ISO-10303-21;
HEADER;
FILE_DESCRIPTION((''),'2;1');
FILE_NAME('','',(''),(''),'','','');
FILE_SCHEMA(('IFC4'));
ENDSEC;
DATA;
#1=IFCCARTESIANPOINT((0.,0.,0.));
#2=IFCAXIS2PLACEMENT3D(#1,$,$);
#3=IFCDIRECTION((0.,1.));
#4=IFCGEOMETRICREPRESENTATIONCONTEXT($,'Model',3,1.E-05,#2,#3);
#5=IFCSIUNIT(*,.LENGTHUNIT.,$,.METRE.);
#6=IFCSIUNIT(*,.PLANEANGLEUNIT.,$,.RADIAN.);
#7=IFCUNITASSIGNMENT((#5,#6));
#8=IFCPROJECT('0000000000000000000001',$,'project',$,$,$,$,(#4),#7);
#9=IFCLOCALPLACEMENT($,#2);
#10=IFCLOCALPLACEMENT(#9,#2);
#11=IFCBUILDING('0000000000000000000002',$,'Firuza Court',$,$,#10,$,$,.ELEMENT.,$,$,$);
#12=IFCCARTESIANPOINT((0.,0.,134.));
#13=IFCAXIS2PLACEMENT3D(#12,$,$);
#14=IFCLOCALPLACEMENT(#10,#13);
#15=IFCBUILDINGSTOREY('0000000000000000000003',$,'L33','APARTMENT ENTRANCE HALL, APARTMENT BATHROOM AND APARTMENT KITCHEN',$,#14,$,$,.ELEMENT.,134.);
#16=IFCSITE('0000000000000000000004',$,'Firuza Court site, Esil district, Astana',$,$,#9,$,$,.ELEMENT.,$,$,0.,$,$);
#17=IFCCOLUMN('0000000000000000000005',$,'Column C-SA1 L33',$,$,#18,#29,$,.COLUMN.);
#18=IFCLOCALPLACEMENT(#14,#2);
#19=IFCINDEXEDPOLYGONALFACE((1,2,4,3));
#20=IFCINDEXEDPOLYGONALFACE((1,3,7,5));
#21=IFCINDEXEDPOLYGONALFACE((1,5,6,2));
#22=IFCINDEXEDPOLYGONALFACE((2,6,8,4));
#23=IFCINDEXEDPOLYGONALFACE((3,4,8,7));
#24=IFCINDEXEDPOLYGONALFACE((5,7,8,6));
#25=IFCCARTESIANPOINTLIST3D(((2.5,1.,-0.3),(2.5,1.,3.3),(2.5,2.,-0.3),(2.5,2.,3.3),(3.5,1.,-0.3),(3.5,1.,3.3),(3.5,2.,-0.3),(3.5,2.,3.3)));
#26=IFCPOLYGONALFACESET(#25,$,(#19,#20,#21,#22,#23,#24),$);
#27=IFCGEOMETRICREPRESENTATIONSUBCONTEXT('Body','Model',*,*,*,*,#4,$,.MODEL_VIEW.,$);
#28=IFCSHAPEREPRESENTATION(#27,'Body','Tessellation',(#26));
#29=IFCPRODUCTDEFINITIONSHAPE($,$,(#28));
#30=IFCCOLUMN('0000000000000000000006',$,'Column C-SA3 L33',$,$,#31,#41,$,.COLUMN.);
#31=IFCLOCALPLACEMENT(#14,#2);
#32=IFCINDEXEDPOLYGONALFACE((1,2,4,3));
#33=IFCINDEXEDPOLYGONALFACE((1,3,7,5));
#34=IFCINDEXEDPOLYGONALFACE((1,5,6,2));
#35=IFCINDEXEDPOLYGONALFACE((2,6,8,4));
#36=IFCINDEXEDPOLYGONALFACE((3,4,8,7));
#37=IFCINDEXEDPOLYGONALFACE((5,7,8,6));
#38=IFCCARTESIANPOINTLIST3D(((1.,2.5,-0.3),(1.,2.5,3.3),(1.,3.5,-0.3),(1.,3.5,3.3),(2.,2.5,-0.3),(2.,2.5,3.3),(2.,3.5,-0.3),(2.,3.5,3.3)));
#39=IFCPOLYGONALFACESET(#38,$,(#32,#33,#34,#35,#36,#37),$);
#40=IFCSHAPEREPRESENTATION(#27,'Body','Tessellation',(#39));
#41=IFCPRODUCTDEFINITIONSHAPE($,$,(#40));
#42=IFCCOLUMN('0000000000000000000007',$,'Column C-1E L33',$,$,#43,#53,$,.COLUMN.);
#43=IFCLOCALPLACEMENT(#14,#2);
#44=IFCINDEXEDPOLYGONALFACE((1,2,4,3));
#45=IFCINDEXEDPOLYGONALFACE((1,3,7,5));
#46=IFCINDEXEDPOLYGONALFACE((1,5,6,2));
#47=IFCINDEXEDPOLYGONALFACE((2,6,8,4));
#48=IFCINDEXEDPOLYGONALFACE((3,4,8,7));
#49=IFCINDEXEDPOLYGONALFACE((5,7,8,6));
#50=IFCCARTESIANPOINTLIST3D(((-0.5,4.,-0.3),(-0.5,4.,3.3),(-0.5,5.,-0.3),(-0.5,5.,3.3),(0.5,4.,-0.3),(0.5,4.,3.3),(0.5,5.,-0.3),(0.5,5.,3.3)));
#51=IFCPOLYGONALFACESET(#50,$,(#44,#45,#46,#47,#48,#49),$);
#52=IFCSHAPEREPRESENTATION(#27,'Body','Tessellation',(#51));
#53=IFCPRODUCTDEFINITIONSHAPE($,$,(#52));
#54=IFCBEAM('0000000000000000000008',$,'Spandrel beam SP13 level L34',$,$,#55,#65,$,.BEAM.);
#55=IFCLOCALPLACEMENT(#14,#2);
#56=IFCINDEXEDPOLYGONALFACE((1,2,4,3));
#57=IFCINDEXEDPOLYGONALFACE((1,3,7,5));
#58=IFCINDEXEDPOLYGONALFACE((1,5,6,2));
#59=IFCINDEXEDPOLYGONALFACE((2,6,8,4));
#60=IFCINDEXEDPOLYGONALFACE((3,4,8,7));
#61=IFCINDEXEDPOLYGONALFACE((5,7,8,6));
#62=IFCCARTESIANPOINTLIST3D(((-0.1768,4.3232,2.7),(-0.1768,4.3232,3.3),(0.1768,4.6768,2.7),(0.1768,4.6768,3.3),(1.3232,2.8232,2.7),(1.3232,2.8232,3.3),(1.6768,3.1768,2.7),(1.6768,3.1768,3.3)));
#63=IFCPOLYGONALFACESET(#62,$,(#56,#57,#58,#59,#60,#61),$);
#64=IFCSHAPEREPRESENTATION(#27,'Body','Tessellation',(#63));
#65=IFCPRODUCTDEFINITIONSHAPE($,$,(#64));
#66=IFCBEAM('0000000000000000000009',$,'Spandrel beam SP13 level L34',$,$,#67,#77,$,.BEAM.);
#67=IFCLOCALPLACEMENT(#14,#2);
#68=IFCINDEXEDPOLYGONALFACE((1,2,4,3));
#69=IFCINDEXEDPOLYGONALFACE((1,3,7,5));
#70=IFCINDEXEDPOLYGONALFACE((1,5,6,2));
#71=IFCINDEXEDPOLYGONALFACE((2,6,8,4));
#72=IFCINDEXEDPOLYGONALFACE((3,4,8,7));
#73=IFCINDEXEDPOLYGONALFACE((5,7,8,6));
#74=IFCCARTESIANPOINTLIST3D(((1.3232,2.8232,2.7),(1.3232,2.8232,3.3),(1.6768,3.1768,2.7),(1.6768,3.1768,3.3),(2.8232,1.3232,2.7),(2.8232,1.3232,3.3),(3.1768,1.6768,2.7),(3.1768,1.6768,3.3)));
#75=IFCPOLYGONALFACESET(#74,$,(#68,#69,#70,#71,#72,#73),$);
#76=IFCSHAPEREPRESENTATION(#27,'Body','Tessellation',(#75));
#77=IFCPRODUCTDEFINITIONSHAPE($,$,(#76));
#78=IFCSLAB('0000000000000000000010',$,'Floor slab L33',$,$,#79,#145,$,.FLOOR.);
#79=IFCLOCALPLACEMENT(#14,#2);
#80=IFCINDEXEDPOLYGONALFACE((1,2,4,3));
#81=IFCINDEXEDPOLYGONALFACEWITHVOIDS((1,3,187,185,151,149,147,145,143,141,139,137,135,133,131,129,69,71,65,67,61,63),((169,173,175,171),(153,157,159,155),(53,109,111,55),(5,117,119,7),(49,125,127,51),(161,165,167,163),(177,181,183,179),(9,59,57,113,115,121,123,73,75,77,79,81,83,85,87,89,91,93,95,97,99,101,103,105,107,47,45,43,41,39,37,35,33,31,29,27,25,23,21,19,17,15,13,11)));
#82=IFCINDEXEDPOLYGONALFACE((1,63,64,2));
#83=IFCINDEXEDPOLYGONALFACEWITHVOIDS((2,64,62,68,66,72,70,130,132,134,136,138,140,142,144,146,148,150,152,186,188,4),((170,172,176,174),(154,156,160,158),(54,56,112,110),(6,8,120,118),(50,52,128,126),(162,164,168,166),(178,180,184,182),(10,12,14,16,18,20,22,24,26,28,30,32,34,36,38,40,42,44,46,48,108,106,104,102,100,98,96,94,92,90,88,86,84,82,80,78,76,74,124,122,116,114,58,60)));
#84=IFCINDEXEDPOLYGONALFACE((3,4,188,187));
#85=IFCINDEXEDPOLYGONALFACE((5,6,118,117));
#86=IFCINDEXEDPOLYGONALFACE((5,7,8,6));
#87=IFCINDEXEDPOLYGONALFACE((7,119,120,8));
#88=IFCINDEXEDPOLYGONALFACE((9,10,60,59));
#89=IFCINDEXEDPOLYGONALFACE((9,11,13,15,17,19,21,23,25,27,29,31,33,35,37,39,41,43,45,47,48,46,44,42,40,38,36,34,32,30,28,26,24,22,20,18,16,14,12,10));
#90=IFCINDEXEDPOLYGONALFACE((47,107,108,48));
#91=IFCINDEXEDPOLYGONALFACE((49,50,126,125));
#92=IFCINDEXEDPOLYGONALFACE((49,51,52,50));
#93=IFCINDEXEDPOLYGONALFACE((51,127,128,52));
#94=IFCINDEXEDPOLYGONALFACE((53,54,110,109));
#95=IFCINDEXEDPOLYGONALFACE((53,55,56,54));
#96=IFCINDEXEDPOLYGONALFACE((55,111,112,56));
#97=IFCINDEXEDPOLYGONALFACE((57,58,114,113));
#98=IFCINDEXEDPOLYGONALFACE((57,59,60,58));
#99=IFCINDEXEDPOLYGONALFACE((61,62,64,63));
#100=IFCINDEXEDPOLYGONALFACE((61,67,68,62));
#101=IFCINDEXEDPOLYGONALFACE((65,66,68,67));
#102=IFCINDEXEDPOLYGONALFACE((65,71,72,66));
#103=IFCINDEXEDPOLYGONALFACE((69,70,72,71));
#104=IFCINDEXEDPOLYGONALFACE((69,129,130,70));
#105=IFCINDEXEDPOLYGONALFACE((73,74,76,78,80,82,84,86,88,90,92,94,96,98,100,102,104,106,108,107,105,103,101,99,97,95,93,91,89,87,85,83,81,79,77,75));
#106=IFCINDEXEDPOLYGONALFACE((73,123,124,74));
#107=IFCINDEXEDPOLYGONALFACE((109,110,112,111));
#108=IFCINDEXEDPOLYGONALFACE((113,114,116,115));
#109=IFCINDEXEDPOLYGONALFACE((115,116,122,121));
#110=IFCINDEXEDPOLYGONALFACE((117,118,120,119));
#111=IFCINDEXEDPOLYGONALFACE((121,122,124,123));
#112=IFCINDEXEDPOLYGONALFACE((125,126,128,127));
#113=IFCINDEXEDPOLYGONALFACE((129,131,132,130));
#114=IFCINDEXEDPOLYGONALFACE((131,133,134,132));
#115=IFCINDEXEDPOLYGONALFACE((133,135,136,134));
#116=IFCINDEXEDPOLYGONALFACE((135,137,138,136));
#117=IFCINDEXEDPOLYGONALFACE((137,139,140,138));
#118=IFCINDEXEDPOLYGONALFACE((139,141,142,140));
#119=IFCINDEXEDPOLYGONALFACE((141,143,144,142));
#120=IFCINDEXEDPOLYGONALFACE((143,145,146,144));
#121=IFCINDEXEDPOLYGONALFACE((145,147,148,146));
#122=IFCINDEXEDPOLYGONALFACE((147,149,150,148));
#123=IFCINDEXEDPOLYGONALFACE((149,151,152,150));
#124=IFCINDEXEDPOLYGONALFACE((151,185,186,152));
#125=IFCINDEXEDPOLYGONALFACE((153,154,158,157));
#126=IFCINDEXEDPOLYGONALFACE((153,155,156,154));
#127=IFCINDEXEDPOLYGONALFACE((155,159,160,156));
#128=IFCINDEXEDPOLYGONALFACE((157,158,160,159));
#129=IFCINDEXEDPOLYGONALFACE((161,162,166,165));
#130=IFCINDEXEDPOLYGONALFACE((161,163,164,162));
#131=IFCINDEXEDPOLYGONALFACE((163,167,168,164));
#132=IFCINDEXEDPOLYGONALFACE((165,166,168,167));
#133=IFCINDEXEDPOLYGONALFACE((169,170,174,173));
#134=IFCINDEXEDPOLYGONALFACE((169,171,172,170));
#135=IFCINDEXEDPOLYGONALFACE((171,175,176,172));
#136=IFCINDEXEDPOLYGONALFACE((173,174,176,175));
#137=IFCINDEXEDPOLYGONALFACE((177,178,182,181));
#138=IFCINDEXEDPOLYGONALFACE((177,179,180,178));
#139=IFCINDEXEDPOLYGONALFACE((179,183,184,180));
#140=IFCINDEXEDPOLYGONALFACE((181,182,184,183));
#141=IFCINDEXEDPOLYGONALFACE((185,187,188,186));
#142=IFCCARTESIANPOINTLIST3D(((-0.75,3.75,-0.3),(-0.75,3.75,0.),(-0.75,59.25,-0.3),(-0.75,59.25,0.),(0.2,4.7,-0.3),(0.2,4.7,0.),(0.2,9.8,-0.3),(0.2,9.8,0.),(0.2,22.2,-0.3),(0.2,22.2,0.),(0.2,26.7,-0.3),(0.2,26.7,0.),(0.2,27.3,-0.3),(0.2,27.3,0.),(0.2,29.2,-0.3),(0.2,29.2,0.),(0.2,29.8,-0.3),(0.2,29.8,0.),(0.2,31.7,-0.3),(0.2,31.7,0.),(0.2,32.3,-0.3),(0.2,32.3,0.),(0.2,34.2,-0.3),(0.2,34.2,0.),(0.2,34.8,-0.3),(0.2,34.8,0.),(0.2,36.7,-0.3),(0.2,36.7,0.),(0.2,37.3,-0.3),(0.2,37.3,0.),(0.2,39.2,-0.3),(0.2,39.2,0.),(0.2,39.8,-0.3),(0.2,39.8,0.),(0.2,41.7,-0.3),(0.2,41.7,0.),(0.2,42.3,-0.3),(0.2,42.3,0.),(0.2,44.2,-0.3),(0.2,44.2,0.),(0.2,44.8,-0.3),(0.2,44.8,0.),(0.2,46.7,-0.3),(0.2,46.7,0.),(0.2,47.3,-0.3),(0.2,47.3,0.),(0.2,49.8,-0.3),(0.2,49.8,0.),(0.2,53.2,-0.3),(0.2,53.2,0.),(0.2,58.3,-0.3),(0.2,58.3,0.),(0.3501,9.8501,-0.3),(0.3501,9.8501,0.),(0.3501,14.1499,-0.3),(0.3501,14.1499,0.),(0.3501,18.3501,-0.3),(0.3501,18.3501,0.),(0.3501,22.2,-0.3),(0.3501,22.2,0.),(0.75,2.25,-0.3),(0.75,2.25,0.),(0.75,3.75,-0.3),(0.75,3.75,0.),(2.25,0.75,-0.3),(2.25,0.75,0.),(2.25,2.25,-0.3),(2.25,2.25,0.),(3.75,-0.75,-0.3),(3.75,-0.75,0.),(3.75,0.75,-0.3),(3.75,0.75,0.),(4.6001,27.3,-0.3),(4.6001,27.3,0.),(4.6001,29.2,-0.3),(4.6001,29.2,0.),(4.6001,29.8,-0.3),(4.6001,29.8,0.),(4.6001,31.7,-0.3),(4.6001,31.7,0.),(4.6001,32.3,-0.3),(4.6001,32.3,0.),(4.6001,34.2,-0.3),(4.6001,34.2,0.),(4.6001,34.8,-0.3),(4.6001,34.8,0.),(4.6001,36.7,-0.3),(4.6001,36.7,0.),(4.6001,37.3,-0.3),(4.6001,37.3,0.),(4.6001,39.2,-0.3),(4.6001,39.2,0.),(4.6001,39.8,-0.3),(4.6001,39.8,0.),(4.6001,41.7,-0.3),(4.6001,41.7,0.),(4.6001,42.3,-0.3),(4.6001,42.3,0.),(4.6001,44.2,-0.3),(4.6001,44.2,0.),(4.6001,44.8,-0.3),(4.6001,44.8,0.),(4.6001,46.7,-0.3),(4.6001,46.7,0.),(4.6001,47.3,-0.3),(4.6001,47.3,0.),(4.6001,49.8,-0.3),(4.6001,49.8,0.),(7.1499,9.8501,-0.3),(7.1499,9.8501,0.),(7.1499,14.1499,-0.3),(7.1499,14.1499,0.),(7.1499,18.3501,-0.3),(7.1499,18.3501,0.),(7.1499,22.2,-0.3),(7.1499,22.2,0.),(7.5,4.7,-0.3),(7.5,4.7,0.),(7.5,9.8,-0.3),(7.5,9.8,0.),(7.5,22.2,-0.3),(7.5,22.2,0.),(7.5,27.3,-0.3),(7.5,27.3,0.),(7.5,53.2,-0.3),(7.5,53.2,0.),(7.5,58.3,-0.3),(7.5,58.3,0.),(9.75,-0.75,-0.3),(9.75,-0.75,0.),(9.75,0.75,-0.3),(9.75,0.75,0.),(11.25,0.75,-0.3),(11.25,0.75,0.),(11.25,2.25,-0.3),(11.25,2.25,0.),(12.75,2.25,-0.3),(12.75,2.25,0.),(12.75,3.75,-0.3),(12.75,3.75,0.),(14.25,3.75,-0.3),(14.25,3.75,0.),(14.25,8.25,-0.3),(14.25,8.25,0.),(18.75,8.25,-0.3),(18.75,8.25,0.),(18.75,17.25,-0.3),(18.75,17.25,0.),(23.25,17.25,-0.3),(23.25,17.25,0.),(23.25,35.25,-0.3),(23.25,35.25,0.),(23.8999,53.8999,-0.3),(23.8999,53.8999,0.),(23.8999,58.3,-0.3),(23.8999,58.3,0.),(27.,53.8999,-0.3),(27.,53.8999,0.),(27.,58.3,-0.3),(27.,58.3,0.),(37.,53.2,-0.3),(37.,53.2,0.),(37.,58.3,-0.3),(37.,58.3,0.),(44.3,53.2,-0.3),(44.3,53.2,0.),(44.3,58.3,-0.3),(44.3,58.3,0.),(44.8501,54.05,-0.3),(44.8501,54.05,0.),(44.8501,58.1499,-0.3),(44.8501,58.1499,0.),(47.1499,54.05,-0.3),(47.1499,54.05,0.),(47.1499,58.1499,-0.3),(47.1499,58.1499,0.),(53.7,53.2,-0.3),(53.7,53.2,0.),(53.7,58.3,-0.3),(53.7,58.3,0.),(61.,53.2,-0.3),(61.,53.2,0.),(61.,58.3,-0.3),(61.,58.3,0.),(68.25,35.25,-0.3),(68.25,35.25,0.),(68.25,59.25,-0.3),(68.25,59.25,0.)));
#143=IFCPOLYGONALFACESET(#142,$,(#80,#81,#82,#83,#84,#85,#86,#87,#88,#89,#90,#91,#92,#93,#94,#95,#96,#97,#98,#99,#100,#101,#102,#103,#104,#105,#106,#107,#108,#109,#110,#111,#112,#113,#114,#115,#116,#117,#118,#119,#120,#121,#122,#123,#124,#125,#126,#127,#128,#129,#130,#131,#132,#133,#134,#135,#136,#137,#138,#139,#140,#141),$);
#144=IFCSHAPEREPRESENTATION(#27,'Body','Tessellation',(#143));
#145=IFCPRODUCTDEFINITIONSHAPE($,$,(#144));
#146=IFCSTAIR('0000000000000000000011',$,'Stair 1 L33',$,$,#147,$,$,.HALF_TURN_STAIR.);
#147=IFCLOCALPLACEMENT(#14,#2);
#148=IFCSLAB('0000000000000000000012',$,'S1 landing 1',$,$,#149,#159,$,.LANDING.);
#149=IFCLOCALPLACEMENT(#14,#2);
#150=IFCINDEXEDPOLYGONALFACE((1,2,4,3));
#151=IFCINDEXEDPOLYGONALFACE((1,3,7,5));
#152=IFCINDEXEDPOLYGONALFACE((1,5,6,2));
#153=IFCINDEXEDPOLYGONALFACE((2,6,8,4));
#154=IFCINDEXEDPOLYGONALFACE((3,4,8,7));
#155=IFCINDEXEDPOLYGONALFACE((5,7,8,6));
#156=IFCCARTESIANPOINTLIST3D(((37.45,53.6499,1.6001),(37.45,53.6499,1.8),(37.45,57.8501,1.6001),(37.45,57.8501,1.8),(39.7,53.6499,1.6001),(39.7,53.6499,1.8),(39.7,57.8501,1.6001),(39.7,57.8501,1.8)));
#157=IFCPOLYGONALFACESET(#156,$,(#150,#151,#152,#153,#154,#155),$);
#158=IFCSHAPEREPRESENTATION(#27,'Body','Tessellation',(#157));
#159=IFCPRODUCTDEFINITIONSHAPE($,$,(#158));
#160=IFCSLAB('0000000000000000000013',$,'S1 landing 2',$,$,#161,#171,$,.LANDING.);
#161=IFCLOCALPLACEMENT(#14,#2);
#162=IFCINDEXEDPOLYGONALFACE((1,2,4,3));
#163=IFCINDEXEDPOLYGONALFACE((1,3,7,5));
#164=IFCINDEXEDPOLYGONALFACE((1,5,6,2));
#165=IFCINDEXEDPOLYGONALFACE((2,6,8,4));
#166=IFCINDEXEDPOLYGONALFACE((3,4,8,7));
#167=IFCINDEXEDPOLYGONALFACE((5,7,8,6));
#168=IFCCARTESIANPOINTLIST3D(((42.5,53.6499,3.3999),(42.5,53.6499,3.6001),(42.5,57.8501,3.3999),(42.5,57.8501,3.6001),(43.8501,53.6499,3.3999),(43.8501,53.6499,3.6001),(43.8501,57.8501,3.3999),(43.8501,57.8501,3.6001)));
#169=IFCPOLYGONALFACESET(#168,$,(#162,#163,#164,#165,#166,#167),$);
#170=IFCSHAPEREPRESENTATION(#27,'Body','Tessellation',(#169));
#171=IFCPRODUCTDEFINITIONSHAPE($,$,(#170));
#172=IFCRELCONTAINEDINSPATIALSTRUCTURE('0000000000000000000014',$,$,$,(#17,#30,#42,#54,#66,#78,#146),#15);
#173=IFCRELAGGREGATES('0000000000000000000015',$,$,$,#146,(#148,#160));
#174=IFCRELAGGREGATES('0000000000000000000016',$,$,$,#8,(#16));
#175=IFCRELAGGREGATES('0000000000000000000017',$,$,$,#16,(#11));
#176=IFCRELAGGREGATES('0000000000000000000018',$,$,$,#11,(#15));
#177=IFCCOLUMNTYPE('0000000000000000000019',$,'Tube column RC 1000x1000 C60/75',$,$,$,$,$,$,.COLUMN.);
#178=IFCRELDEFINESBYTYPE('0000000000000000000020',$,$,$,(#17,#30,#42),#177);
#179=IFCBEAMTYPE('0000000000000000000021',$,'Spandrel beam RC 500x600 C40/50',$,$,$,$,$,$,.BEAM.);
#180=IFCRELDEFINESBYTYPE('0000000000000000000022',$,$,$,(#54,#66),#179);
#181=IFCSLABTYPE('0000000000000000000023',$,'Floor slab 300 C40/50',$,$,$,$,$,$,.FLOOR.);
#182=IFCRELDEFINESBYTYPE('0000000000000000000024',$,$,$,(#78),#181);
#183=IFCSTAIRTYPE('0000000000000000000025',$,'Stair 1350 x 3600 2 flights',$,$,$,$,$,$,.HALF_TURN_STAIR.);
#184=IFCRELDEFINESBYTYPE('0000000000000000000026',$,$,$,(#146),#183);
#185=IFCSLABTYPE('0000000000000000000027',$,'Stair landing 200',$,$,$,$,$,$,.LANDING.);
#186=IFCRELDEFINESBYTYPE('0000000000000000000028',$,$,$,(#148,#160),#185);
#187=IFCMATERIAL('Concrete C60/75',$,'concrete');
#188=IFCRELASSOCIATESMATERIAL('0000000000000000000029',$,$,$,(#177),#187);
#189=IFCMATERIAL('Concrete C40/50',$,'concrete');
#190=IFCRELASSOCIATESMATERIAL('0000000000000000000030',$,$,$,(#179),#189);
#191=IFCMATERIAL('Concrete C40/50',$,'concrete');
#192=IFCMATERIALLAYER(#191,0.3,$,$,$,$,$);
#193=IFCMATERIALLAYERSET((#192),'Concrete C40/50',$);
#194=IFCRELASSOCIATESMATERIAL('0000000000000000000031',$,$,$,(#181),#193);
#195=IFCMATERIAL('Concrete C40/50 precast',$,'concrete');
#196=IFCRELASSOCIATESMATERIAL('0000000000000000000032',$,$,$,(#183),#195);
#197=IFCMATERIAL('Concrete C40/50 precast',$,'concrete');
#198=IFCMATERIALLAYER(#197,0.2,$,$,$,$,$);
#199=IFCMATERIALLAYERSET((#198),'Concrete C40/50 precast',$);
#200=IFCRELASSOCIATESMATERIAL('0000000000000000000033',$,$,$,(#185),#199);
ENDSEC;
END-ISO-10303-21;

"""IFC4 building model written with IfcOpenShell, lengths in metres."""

from ifc_helpers import new_model, si_unit, direction, frame, origin, origin_2d, place, context, subcontext, project, spatial, polyline, rectangle, outline, extrude, material, layer, layer_set, material_profile, profile_set, type_object, element, aggregate, save


model = new_model("IFC4")

# Units and contexts
model_context = context("Model", 3, precision=1e-05, world=origin(), true_north=direction((0.0, 1.0)))
body_context = subcontext(model_context, "Body", "Model", "MODEL_VIEW")
ifc_project = project(units=[si_unit("LENGTHUNIT", "METRE"), si_unit("PLANEANGLEUNIT", "RADIAN")], contexts=[model_context])

# Site, building, storey
site_placement = place(None, origin())
site = spatial("IfcSite", under=ifc_project, at=site_placement, Name="Firuza Court site, Esil district, Astana", CompositionType="ELEMENT", RefElevation=0.0)
building_placement = place(site_placement, origin())
building = spatial("IfcBuilding", under=site, at=building_placement, Name="Firuza Court", CompositionType="ELEMENT")
storey_placement = place(building_placement, frame((0.0, 0.0, 134.0)))
storey = spatial("IfcBuildingStorey", under=building, at=storey_placement, Name="L33", Description="APARTMENT ENTRANCE HALL, APARTMENT BATHROOM AND APARTMENT KITCHEN", CompositionType="ELEMENT", Elevation=134.0)

# Columns
ifc_material_1 = material(Name="Concrete C60/75", Category="concrete")
ifc_material_profile_1 = material_profile(ifc_material_1, rectangle(XDim=1.0, YDim=1.0, at=origin_2d()), Name="RC 1000x1000")
ifc_profile_set_1 = profile_set([ifc_material_profile_1], Name="Concrete C60/75")
column_type = type_object("IfcColumnType", Name="Tube column RC 1000x1000 C60/75", PredefinedType="COLUMN", material=ifc_profile_set_1)
for number, where, z_axis, x_axis, name in (
    (1, (3.0, 1.5, -0.3), (0.0, 0.0, 1.0), (1.0, 0.0, 0.0), "Column C-SA1 L33"),
    (2, (1.5, 3.0, -0.3), (0.0, 0.0, 1.0), (1.0, 0.0, 0.0), "Column C-SA3 L33"),
    (3, (0.0, 4.5, -0.3), (0.0, 0.0, 1.0), (1.0, 0.0, 0.0), "Column C-1E L33"),
):
    element("IfcColumn", number, at=place(storey_placement, frame(where, z_axis=z_axis, x_axis=x_axis)), inside=storey, type_object=column_type, Name=name, PredefinedType="COLUMN", context=body_context, shape_type="SweptSolid", body=[
        extrude(rectangle(XDim=1.0, YDim=1.0, at=origin_2d()), origin(), (0.0, 0.0, 1.0), 3.6001),
    ])

# Beams
ifc_material_2 = material(Name="Concrete C40/50", Category="concrete")
ifc_material_profile_2 = material_profile(ifc_material_2, rectangle(XDim=0.5, YDim=0.6001, at=origin_2d()), Name="RC 500x600")
ifc_profile_set_2 = profile_set([ifc_material_profile_2], Name="Concrete C40/50")
beam_type = type_object("IfcBeamType", Name="Spandrel beam RC 500x600 C40/50", PredefinedType="BEAM", material=ifc_profile_set_2)
for number, where, z_axis, x_axis, name in (
    (4, (0.0, 4.5, 3.0), (0.707107, -0.707107, 0.0), (0.707107, 0.707107, 0.0), "Spandrel beam SP13 level L34"),
    (5, (1.5, 3.0, 3.0), (0.707107, -0.707107, 0.0), (0.707107, 0.707107, 0.0), "Spandrel beam SP13 level L34"),
):
    element("IfcBeam", number, at=place(storey_placement, frame(where, z_axis=z_axis, x_axis=x_axis)), inside=storey, type_object=beam_type, Name=name, PredefinedType="BEAM", context=body_context, shape_type="SweptSolid", body=[
        extrude(rectangle(XDim=0.5, YDim=0.6001, at=origin_2d()), origin(), (0.0, 0.0, 1.0), 2.1213),
    ])

# Slab
ifc_material_3 = material(Name="Concrete C40/50", Category="concrete")
ifc_layer_1 = layer(ifc_material_3, 0.3)
ifc_layer_set_1 = layer_set([ifc_layer_1], Name="Concrete C40/50")
slab_type_1 = type_object("IfcSlabType", Name="Floor slab 300 C40/50", PredefinedType="FLOOR", material=ifc_layer_set_1)
slab_1_placement = place(storey_placement, frame((0.0, 0.0, -0.3)))
element("IfcSlab", 6, at=slab_1_placement, inside=storey, type_object=slab_type_1, Name="Floor slab L33", PredefinedType="FLOOR", context=body_context, shape_type="SweptSolid", body=[
    extrude(outline(polyline([(3.75, -0.75), (3.75, 0.75), (2.25, 0.75), (2.25, 2.25), (0.75, 2.25), (0.75, 3.75), (-0.75, 3.75), (-0.75, 59.25), (68.25, 59.25), (68.25, 35.25), (23.25, 35.25), (23.25, 17.25), (18.75, 17.25), (18.75, 8.25), (14.25, 8.25), (14.25, 3.75), (12.75, 3.75), (12.75, 2.25), (11.25, 2.25), (11.25, 0.75), (9.75, 0.75), (9.75, -0.75), (3.75, -0.75)]), holes=[polyline([(0.2, 29.8), (0.2, 29.2), (0.2, 27.3), (0.2, 26.7), (0.2, 22.2), (0.3501, 22.2), (0.3501, 18.3501), (7.1499, 18.3501), (7.1499, 22.2), (7.5, 22.2), (7.5, 27.3), (4.6001, 27.3), (4.6001, 29.2), (4.6001, 29.8), (4.6001, 31.7), (4.6001, 32.3), (4.6001, 34.2), (4.6001, 34.8), (4.6001, 36.7), (4.6001, 37.3), (4.6001, 39.2), (4.6001, 39.8), (4.6001, 41.7), (4.6001, 42.3), (4.6001, 44.2), (4.6001, 44.8), (4.6001, 46.7), (4.6001, 47.3), (4.6001, 49.8), (0.2, 49.8), (0.2, 47.3), (0.2, 46.7), (0.2, 44.8), (0.2, 44.2), (0.2, 42.3), (0.2, 41.7), (0.2, 39.8), (0.2, 39.2), (0.2, 37.3), (0.2, 36.7), (0.2, 34.8), (0.2, 34.2), (0.2, 32.3), (0.2, 31.7), (0.2, 29.8)]), polyline([(7.5, 9.8), (0.2, 9.8), (0.2, 4.7), (7.5, 4.7), (7.5, 9.8)]), polyline([(7.1499, 14.1499), (0.3501, 14.1499), (0.3501, 9.8501), (7.1499, 9.8501), (7.1499, 14.1499)]), polyline([(7.5, 58.3), (0.2, 58.3), (0.2, 53.2), (7.5, 53.2), (7.5, 58.3)]), polyline([(44.3, 58.3), (37.0, 58.3), (37.0, 53.2), (44.3, 53.2), (44.3, 58.3)]), polyline([(61.0, 58.3), (53.7, 58.3), (53.7, 53.2), (61.0, 53.2), (61.0, 58.3)]), polyline([(27.0, 53.8999), (27.0, 58.3), (23.8999, 58.3), (23.8999, 53.8999), (27.0, 53.8999)]), polyline([(47.1499, 54.05), (47.1499, 58.1499), (44.8501, 58.1499), (44.8501, 54.05), (47.1499, 54.05)])]), origin(), (0.0, 0.0, 1.0), 0.3),
])

# Stair, slabs
ifc_material_4 = material(Name="Concrete C40/50 precast", Category="concrete")
stair_type = type_object("IfcStairType", Name="Stair 1350 x 3600 2 flights", PredefinedType="HALF_TURN_STAIR", material=ifc_material_4)
stair_1_placement = place(storey_placement, origin())
stair_1 = element("IfcStair", 7, at=stair_1_placement, inside=storey, type_object=stair_type, Name="Stair 1 L33", PredefinedType="HALF_TURN_STAIR")
ifc_material_5 = material(Name="Concrete C40/50 precast", Category="concrete")
ifc_layer_2 = layer(ifc_material_5, 0.2)
ifc_layer_set_2 = layer_set([ifc_layer_2], Name="Concrete C40/50 precast")
slab_type_2 = type_object("IfcSlabType", Name="Stair landing 200", PredefinedType="LANDING", material=ifc_layer_set_2)
slab_2_placement = place(storey_placement, frame((0.0, 0.0, 1.6001)))
slab_2 = element("IfcSlab", 8, at=slab_2_placement, type_object=slab_type_2, Name="S1 landing 1", PredefinedType="LANDING", context=body_context, shape_type="SweptSolid", body=[
    extrude(outline(polyline([(39.7, 53.6499), (39.7, 57.8501), (37.45, 57.8501), (37.45, 53.6499), (39.7, 53.6499)])), origin(), (0.0, 0.0, 1.0), 0.2),
])
slab_3_placement = place(storey_placement, frame((0.0, 0.0, 3.3999)))
slab_3 = element("IfcSlab", 9, at=slab_3_placement, type_object=slab_type_2, Name="S1 landing 2", PredefinedType="LANDING", context=body_context, shape_type="SweptSolid", body=[
    extrude(outline(polyline([(43.8501, 53.6499), (43.8501, 57.8501), (42.5, 57.8501), (42.5, 53.6499), (43.8501, 53.6499)])), origin(), (0.0, 0.0, 1.0), 0.2002),
])
aggregate(stair_1, [slab_2, slab_3])

save(model, "model.ifc")
